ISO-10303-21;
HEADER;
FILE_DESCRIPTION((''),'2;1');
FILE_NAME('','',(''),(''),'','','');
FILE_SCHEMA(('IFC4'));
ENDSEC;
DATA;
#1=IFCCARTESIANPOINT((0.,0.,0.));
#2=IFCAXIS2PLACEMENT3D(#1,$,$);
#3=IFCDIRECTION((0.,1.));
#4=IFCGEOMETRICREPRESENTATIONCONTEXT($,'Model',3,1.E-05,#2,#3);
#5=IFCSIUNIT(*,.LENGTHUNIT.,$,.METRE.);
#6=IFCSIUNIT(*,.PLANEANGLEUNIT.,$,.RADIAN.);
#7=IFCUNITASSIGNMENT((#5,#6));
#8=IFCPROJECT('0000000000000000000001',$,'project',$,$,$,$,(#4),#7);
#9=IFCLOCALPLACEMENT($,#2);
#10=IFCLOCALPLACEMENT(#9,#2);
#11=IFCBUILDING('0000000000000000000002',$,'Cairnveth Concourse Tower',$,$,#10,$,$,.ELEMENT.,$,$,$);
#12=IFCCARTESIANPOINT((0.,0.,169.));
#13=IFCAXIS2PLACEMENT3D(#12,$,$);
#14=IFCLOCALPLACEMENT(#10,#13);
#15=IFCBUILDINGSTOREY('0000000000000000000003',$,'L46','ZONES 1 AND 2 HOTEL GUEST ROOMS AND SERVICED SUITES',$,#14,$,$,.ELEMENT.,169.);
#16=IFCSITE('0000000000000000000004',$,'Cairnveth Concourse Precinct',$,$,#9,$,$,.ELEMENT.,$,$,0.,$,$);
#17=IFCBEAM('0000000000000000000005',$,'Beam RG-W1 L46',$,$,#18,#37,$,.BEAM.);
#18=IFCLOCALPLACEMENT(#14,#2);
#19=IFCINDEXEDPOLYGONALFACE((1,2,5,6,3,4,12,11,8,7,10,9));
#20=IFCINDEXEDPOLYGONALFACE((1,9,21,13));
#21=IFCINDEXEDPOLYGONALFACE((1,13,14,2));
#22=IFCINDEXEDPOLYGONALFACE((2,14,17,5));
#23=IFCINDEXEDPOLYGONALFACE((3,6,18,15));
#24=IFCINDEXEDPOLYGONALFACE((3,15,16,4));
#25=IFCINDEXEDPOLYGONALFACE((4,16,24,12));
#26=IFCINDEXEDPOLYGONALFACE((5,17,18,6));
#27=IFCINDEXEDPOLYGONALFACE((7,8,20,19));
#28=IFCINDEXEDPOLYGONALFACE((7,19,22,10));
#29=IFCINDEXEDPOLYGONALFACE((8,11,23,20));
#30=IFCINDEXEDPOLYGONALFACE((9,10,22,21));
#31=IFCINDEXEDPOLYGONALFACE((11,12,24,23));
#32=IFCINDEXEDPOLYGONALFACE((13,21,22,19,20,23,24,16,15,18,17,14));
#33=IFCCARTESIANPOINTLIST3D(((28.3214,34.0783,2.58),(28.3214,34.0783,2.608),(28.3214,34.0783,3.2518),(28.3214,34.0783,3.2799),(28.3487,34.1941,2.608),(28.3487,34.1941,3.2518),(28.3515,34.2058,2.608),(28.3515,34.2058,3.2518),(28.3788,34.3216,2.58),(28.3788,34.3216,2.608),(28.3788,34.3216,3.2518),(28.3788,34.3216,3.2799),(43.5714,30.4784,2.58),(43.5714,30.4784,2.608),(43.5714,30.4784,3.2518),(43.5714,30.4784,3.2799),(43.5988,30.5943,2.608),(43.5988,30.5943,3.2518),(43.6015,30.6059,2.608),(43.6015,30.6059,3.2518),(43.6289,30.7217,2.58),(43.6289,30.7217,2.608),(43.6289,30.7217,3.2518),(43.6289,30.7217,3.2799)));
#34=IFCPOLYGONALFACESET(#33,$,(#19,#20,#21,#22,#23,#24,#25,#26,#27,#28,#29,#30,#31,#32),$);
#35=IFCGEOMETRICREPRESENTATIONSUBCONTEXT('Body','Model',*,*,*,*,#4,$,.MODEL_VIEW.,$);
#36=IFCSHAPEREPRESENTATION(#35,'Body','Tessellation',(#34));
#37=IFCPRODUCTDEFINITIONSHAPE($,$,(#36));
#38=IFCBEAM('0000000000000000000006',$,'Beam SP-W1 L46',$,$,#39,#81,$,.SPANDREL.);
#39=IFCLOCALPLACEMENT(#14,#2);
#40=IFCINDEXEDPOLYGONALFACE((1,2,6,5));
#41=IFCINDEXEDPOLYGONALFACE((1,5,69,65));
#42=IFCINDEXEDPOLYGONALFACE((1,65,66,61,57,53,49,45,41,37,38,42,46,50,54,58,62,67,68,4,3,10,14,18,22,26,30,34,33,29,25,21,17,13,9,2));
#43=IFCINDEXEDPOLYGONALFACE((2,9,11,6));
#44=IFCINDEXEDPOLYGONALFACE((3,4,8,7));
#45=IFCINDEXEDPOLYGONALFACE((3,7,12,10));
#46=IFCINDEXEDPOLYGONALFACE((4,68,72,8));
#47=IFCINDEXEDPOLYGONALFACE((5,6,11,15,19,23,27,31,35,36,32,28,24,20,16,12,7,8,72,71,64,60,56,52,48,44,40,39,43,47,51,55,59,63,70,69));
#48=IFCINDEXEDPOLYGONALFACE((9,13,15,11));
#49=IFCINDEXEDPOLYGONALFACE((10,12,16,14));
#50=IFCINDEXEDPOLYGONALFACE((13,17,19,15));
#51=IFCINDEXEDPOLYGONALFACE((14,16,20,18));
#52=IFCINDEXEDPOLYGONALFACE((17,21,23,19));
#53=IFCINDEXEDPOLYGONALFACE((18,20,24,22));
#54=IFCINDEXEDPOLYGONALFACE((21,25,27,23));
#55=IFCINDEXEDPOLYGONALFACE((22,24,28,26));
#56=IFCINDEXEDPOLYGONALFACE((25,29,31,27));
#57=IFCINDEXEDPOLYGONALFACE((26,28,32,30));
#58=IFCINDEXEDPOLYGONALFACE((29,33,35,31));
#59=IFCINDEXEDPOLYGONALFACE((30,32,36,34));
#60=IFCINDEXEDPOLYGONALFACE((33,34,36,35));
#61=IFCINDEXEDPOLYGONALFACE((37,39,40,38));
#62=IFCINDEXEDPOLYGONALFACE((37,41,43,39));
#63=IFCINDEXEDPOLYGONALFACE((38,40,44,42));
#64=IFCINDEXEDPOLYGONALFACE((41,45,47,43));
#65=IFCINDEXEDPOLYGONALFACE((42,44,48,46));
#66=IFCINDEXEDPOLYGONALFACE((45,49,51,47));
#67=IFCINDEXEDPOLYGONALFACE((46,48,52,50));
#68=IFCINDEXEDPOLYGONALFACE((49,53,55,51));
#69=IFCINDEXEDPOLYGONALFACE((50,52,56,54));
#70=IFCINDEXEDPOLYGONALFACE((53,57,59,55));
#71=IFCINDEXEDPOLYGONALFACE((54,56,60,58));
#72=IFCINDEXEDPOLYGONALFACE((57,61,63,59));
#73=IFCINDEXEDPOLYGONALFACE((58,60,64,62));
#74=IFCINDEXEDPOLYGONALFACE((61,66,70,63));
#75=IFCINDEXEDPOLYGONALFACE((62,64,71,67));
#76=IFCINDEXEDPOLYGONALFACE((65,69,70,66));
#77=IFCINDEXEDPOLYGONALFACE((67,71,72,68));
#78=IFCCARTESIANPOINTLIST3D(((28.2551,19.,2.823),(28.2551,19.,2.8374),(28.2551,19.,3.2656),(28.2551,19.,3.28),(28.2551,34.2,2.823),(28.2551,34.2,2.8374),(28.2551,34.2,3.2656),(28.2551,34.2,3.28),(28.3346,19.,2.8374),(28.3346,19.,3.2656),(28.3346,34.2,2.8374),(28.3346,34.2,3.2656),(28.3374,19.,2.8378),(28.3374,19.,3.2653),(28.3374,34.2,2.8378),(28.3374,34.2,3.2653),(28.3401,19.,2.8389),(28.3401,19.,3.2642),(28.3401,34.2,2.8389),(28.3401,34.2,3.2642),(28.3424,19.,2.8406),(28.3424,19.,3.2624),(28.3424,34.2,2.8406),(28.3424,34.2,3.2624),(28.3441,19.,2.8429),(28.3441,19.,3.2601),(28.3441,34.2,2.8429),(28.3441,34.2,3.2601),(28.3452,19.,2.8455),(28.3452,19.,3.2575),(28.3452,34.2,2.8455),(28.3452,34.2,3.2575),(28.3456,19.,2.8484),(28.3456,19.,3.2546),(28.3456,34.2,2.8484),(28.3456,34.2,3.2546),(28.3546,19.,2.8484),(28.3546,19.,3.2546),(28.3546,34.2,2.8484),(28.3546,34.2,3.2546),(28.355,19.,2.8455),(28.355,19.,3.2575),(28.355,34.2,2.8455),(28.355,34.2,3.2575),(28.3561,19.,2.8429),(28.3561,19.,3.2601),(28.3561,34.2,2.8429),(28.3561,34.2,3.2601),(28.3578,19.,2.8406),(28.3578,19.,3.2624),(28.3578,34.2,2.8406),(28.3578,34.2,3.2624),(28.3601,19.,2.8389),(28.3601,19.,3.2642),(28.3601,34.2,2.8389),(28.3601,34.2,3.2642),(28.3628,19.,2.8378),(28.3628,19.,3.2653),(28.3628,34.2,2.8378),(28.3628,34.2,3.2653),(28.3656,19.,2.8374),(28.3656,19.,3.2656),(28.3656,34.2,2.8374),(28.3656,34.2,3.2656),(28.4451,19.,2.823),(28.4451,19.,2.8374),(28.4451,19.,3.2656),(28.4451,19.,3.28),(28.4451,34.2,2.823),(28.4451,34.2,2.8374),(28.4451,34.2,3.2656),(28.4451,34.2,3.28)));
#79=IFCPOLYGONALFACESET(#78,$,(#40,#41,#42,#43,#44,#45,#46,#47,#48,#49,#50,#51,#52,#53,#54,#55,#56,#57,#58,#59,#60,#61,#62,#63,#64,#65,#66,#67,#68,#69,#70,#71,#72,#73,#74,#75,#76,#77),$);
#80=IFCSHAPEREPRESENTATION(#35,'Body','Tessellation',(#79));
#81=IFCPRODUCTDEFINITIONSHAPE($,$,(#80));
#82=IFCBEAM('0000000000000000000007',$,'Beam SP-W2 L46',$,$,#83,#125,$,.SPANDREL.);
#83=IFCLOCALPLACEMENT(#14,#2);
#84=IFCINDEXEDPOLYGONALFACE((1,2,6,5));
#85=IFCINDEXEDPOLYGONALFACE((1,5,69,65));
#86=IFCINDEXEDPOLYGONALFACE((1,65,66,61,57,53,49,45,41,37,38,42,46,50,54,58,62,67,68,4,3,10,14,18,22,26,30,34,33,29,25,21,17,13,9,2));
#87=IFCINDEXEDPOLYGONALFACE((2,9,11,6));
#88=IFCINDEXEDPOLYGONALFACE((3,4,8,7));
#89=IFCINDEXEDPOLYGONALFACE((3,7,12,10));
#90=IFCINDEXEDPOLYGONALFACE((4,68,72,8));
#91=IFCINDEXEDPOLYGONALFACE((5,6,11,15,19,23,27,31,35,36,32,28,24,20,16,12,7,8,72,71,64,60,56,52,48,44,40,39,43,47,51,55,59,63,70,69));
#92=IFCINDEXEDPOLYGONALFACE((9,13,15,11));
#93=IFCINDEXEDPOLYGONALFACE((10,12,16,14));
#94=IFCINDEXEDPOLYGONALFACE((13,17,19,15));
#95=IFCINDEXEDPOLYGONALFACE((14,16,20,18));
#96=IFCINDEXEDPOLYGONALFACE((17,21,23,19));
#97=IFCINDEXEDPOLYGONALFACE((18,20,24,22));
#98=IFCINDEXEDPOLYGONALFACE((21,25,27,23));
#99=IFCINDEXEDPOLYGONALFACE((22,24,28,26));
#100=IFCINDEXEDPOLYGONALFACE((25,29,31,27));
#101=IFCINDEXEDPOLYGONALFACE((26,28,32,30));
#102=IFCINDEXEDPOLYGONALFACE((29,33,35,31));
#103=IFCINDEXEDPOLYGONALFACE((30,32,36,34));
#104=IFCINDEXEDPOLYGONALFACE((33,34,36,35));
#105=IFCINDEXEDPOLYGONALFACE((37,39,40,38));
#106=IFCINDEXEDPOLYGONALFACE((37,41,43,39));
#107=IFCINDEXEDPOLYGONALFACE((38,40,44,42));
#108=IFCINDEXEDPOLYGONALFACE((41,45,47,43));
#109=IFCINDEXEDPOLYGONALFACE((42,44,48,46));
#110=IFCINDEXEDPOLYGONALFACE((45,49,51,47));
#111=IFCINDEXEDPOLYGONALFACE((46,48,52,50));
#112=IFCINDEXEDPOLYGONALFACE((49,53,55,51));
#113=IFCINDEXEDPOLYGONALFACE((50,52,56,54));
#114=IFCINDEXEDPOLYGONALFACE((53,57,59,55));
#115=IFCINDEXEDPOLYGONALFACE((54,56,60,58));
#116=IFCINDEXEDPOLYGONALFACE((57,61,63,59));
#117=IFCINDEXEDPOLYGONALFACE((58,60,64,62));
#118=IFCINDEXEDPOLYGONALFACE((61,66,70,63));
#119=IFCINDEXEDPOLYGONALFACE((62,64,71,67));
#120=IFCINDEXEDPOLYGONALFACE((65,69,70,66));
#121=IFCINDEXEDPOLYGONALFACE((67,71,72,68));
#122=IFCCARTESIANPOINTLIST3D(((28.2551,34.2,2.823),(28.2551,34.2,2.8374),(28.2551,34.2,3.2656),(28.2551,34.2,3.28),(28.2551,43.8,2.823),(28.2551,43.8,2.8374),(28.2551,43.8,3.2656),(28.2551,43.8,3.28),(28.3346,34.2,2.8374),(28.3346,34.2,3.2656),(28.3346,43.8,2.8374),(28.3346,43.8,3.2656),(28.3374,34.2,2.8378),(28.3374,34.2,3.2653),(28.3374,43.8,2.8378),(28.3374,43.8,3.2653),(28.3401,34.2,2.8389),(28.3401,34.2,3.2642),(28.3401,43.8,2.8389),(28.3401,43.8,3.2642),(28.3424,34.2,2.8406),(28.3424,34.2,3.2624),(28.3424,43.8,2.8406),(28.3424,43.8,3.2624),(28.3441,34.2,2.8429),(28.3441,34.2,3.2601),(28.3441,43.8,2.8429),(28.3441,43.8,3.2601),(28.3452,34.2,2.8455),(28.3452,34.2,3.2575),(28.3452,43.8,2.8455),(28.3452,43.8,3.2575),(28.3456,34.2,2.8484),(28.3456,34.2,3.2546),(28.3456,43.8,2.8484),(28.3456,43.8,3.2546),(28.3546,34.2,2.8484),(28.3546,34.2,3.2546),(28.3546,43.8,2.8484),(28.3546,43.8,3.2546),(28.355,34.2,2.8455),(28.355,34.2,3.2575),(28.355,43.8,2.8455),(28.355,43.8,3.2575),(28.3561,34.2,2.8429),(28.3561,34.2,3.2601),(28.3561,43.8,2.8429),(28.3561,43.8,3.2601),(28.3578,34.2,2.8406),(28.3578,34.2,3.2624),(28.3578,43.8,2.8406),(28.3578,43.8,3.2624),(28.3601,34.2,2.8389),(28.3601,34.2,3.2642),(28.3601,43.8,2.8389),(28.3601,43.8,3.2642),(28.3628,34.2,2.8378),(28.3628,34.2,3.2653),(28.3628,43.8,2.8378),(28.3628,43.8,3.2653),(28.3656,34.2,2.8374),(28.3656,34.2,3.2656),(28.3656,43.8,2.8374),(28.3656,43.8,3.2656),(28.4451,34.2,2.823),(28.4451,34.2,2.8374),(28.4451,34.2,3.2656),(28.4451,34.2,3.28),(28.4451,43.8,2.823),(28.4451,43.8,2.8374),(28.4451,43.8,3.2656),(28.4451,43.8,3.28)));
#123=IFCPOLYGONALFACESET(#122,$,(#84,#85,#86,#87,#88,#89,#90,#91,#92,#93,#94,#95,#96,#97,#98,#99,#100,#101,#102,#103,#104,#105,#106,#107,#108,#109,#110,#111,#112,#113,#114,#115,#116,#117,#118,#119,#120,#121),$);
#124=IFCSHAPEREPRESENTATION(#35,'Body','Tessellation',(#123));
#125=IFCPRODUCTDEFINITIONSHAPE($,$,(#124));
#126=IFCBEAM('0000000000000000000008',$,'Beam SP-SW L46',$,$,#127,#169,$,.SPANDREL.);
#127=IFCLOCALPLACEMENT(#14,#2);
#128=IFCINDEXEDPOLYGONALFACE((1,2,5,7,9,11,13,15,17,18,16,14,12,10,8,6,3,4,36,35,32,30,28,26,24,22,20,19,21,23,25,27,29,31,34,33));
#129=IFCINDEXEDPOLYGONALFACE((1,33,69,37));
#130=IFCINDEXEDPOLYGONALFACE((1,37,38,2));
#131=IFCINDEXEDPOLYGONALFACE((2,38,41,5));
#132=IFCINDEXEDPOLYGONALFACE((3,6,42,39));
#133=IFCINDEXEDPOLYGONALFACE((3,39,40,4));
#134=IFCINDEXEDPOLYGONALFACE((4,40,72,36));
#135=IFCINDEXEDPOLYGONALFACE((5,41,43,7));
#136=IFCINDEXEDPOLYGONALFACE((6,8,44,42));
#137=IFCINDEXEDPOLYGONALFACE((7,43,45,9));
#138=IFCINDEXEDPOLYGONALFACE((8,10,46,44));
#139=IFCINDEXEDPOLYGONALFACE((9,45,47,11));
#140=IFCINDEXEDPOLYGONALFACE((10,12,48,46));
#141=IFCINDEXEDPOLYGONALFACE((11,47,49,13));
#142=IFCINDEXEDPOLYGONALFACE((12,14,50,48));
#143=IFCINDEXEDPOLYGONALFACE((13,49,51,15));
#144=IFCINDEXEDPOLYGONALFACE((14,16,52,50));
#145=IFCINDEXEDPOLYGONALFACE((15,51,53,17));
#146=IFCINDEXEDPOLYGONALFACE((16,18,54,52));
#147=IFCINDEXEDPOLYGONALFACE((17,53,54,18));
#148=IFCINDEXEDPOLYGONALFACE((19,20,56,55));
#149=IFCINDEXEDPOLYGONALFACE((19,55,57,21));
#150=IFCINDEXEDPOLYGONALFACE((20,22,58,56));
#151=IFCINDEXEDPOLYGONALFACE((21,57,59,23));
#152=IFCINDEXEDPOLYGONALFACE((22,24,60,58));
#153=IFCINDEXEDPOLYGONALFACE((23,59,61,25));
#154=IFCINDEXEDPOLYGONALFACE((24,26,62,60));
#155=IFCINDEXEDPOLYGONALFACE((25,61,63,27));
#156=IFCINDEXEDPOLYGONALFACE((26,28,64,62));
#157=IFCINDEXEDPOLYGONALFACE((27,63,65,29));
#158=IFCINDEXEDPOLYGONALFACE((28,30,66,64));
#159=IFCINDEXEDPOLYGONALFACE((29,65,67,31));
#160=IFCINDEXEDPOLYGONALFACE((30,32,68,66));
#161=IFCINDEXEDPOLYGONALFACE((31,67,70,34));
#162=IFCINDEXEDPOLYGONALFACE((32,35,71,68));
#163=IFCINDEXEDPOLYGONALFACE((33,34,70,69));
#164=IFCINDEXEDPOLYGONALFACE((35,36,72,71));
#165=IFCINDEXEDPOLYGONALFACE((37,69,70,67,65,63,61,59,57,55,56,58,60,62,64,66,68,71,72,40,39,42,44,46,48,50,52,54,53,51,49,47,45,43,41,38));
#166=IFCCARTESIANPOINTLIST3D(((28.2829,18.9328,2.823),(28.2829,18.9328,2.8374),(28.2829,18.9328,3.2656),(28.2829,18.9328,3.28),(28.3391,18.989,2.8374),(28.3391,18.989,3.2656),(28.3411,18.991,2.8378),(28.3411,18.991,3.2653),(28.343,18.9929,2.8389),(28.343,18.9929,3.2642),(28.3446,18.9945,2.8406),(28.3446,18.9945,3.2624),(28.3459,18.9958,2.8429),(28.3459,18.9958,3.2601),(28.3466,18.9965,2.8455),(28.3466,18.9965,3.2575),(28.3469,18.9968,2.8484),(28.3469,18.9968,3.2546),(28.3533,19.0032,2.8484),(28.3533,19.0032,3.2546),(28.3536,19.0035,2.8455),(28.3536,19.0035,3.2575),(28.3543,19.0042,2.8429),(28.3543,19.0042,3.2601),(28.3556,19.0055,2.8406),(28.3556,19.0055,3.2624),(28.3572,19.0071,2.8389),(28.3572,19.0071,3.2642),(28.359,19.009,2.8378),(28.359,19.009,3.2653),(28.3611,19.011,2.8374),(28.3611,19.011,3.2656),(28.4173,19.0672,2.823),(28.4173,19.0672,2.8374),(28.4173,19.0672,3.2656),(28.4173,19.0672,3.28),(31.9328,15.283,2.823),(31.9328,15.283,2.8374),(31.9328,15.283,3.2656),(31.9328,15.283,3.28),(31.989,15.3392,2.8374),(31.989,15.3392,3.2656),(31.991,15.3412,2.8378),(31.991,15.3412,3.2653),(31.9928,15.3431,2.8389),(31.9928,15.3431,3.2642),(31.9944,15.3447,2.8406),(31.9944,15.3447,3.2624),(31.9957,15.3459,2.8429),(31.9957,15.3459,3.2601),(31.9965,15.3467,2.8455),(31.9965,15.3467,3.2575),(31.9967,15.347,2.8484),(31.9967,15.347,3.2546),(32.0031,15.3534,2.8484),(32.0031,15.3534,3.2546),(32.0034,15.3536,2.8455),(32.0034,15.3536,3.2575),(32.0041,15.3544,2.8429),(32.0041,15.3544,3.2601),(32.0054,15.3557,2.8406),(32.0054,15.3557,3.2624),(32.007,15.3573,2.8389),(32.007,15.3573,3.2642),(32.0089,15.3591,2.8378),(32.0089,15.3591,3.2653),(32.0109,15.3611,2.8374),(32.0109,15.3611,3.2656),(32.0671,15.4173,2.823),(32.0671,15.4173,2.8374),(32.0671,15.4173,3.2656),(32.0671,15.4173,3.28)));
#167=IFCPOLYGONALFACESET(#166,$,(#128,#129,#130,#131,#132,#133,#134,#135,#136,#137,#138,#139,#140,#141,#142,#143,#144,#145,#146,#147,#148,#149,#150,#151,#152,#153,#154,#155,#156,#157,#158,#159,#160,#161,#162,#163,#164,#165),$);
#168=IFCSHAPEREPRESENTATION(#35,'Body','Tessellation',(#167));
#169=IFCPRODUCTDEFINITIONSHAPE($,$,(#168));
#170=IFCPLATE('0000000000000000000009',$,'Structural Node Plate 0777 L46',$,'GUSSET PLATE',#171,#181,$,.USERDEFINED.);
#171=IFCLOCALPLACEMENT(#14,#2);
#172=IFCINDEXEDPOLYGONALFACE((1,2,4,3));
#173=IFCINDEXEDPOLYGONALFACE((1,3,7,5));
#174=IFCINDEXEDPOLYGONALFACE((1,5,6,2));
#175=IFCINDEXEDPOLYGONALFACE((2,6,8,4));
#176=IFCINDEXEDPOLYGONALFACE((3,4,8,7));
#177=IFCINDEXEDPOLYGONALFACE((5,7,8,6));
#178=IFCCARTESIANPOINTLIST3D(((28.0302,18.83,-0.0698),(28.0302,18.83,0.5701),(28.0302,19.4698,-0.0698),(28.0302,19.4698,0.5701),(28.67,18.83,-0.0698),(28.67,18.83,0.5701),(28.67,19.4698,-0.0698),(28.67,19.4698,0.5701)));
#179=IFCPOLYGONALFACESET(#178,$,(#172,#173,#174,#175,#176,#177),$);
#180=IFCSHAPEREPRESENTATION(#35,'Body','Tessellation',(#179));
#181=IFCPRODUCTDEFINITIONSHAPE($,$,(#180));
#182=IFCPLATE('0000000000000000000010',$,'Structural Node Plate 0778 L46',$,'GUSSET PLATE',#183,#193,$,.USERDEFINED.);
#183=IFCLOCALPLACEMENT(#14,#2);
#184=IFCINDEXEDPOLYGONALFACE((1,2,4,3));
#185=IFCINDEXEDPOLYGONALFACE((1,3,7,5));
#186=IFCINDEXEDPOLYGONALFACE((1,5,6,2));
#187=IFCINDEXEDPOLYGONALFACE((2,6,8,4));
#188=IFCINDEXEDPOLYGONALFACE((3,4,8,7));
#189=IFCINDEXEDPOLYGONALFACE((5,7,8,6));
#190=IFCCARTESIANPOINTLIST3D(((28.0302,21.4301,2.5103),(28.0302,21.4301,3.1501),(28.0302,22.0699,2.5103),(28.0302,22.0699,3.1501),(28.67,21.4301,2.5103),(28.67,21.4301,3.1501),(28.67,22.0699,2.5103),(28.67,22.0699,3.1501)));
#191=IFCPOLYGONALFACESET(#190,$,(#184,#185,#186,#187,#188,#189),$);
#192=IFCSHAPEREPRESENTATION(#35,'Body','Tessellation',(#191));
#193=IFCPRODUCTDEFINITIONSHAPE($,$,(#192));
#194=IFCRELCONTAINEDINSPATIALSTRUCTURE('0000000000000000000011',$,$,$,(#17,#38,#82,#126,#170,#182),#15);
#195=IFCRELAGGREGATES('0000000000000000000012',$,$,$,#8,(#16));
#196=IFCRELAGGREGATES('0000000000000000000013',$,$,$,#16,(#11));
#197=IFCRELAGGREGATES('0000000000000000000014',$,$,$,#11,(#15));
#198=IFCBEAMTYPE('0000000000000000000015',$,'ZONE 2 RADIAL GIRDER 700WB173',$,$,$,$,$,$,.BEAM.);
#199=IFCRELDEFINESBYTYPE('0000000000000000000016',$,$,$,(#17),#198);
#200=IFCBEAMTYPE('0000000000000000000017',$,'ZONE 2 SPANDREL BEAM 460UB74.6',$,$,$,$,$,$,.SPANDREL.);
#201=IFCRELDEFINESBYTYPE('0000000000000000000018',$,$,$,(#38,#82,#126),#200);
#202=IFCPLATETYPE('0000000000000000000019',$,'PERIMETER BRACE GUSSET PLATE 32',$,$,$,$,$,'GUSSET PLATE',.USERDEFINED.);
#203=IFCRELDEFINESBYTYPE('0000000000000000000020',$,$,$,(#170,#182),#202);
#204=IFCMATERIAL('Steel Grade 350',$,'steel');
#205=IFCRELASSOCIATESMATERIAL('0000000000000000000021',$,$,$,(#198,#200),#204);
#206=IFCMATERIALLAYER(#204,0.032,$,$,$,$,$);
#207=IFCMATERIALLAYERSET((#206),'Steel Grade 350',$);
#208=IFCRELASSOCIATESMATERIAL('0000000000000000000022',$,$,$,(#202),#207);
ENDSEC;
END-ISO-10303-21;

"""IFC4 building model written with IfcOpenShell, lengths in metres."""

from ifc_helpers import new_model, si_unit, direction, frame, origin, origin_2d, place, context, subcontext, project, spatial, rectangle, i_section, extrude, material, layer, layer_set, material_profile, profile_set, type_object, element, save


model = new_model("IFC4")

# Units and contexts
model_context = context("Model", 3, precision=1e-05, world=origin(), true_north=direction((0.0, 1.0)))
body_context = subcontext(model_context, "Body", "Model", "MODEL_VIEW")
ifc_project = project(units=[si_unit("LENGTHUNIT", "METRE"), si_unit("PLANEANGLEUNIT", "RADIAN")], contexts=[model_context])

# Site, building, storey
site_placement = place(None, origin())
site = spatial("IfcSite", under=ifc_project, at=site_placement, Name="Cairnveth Concourse Precinct", CompositionType="ELEMENT", RefElevation=0.0)
building_placement = place(site_placement, origin())
building = spatial("IfcBuilding", under=site, at=building_placement, Name="Cairnveth Concourse Tower", CompositionType="ELEMENT")
storey_placement = place(building_placement, frame((0.0, 0.0, 169.0)))
storey = spatial("IfcBuildingStorey", under=building, at=storey_placement, Name="L46", Description="ZONES 1 AND 2 HOTEL GUEST ROOMS AND SERVICED SUITES", CompositionType="ELEMENT", Elevation=169.0)

# Shared definitions
ifc_material_1 = material(Name="Steel Grade 350", Category="steel")

# Beams
ifc_material_profile_1 = material_profile(ifc_material_1, i_section(OverallWidth=0.25, OverallDepth=0.7, WebThickness=0.012, FlangeThickness=0.0281, at=origin_2d()), Name="700WB173")
ifc_profile_set_1 = profile_set([ifc_material_profile_1], Name="Steel Grade 350")
beam_type_1 = type_object("IfcBeamType", Name="ZONE 2 RADIAL GIRDER 700WB173", PredefinedType="BEAM", material=ifc_profile_set_1)
beam_1_placement = place(storey_placement, frame((28.3501, 34.2, 2.9299), z_axis=(0.973252, -0.229742, 0.0), x_axis=(0.229742, 0.973252, 0.0)))
element("IfcBeam", 1, at=beam_1_placement, inside=storey, type_object=beam_type_1, Name="Beam RG-W1 L46", PredefinedType="BEAM", context=body_context, shape_type="SweptSolid", body=[
    extrude(i_section(OverallWidth=0.25, OverallDepth=0.7, WebThickness=0.012, FlangeThickness=0.0281, at=origin_2d()), origin(), (0.0, 0.0, 1.0), 15.6692),
])
ifc_material_profile_2 = material_profile(ifc_material_1, i_section(OverallWidth=0.1899, OverallDepth=0.457, WebThickness=0.009, FlangeThickness=0.0144, FilletRadius=0.011, at=origin_2d()), Name="460UB74.6")
ifc_profile_set_2 = profile_set([ifc_material_profile_2], Name="Steel Grade 350")
beam_type_2 = type_object("IfcBeamType", Name="ZONE 2 SPANDREL BEAM 460UB74.6", PredefinedType="SPANDREL", material=ifc_profile_set_2)
beam_2_placement = place(storey_placement, frame((28.3501, 19.0, 3.0515), z_axis=(0.0, 1.0, 0.0), x_axis=(-1.0, 0.0, 0.0)))
element("IfcBeam", 2, at=beam_2_placement, inside=storey, type_object=beam_type_2, Name="Beam SP-W1 L46", PredefinedType="SPANDREL", context=body_context, shape_type="SweptSolid", body=[
    extrude(i_section(OverallWidth=0.1899, OverallDepth=0.457, WebThickness=0.009, FlangeThickness=0.0144, FilletRadius=0.011, at=origin_2d()), origin(), (0.0, 0.0, 1.0), 15.2),
])
beam_3_placement = place(storey_placement, frame((28.3501, 34.2, 3.0515), z_axis=(0.0, 1.0, 0.0), x_axis=(-1.0, 0.0, 0.0)))
element("IfcBeam", 3, at=beam_3_placement, inside=storey, type_object=beam_type_2, Name="Beam SP-W2 L46", PredefinedType="SPANDREL", context=body_context, shape_type="SweptSolid", body=[
    extrude(i_section(OverallWidth=0.1899, OverallDepth=0.457, WebThickness=0.009, FlangeThickness=0.0144, FilletRadius=0.011, at=origin_2d()), origin(), (0.0, 0.0, 1.0), 9.6001),
])
beam_4_placement = place(storey_placement, frame((28.3501, 19.0, 3.0515), z_axis=(0.707107, -0.707107, 0.0), x_axis=(0.707107, 0.707107, 0.0)))
element("IfcBeam", 4, at=beam_4_placement, inside=storey, type_object=beam_type_2, Name="Beam SP-SW L46", PredefinedType="SPANDREL", context=body_context, shape_type="SweptSolid", body=[
    extrude(i_section(OverallWidth=0.1899, OverallDepth=0.457, WebThickness=0.009, FlangeThickness=0.0144, FilletRadius=0.011, at=origin_2d()), origin(), (0.0, 0.0, 1.0), 5.1616),
])

# Plates
ifc_layer_1 = layer(ifc_material_1, 0.032)
ifc_layer_set_1 = layer_set([ifc_layer_1], Name="Steel Grade 350")
plate_type = type_object("IfcPlateType", Name="PERIMETER BRACE GUSSET PLATE 32", ElementType="GUSSET PLATE", PredefinedType="USERDEFINED", material=ifc_layer_set_1)
for number, where, z_axis, x_axis, name in (
    (5, (28.3501, 19.1499, -0.0698), (0.0, 0.0, 1.0), (1.0, 0.0, 0.0), "Structural Node Plate 0777 L46"),
    (6, (28.3501, 21.75, 2.5103), (0.0, 0.0, 1.0), (1.0, 0.0, 0.0), "Structural Node Plate 0778 L46"),
):
    element("IfcPlate", number, at=place(storey_placement, frame(where, z_axis=z_axis, x_axis=x_axis)), inside=storey, type_object=plate_type, Name=name, ObjectType="GUSSET PLATE", PredefinedType="USERDEFINED", context=body_context, shape_type="SweptSolid", body=[
        extrude(rectangle(XDim=0.6399, YDim=0.6399, at=origin_2d()), origin(), (0.0, 0.0, 1.0), 0.6399),
    ])

save(model, "model.ifc")
